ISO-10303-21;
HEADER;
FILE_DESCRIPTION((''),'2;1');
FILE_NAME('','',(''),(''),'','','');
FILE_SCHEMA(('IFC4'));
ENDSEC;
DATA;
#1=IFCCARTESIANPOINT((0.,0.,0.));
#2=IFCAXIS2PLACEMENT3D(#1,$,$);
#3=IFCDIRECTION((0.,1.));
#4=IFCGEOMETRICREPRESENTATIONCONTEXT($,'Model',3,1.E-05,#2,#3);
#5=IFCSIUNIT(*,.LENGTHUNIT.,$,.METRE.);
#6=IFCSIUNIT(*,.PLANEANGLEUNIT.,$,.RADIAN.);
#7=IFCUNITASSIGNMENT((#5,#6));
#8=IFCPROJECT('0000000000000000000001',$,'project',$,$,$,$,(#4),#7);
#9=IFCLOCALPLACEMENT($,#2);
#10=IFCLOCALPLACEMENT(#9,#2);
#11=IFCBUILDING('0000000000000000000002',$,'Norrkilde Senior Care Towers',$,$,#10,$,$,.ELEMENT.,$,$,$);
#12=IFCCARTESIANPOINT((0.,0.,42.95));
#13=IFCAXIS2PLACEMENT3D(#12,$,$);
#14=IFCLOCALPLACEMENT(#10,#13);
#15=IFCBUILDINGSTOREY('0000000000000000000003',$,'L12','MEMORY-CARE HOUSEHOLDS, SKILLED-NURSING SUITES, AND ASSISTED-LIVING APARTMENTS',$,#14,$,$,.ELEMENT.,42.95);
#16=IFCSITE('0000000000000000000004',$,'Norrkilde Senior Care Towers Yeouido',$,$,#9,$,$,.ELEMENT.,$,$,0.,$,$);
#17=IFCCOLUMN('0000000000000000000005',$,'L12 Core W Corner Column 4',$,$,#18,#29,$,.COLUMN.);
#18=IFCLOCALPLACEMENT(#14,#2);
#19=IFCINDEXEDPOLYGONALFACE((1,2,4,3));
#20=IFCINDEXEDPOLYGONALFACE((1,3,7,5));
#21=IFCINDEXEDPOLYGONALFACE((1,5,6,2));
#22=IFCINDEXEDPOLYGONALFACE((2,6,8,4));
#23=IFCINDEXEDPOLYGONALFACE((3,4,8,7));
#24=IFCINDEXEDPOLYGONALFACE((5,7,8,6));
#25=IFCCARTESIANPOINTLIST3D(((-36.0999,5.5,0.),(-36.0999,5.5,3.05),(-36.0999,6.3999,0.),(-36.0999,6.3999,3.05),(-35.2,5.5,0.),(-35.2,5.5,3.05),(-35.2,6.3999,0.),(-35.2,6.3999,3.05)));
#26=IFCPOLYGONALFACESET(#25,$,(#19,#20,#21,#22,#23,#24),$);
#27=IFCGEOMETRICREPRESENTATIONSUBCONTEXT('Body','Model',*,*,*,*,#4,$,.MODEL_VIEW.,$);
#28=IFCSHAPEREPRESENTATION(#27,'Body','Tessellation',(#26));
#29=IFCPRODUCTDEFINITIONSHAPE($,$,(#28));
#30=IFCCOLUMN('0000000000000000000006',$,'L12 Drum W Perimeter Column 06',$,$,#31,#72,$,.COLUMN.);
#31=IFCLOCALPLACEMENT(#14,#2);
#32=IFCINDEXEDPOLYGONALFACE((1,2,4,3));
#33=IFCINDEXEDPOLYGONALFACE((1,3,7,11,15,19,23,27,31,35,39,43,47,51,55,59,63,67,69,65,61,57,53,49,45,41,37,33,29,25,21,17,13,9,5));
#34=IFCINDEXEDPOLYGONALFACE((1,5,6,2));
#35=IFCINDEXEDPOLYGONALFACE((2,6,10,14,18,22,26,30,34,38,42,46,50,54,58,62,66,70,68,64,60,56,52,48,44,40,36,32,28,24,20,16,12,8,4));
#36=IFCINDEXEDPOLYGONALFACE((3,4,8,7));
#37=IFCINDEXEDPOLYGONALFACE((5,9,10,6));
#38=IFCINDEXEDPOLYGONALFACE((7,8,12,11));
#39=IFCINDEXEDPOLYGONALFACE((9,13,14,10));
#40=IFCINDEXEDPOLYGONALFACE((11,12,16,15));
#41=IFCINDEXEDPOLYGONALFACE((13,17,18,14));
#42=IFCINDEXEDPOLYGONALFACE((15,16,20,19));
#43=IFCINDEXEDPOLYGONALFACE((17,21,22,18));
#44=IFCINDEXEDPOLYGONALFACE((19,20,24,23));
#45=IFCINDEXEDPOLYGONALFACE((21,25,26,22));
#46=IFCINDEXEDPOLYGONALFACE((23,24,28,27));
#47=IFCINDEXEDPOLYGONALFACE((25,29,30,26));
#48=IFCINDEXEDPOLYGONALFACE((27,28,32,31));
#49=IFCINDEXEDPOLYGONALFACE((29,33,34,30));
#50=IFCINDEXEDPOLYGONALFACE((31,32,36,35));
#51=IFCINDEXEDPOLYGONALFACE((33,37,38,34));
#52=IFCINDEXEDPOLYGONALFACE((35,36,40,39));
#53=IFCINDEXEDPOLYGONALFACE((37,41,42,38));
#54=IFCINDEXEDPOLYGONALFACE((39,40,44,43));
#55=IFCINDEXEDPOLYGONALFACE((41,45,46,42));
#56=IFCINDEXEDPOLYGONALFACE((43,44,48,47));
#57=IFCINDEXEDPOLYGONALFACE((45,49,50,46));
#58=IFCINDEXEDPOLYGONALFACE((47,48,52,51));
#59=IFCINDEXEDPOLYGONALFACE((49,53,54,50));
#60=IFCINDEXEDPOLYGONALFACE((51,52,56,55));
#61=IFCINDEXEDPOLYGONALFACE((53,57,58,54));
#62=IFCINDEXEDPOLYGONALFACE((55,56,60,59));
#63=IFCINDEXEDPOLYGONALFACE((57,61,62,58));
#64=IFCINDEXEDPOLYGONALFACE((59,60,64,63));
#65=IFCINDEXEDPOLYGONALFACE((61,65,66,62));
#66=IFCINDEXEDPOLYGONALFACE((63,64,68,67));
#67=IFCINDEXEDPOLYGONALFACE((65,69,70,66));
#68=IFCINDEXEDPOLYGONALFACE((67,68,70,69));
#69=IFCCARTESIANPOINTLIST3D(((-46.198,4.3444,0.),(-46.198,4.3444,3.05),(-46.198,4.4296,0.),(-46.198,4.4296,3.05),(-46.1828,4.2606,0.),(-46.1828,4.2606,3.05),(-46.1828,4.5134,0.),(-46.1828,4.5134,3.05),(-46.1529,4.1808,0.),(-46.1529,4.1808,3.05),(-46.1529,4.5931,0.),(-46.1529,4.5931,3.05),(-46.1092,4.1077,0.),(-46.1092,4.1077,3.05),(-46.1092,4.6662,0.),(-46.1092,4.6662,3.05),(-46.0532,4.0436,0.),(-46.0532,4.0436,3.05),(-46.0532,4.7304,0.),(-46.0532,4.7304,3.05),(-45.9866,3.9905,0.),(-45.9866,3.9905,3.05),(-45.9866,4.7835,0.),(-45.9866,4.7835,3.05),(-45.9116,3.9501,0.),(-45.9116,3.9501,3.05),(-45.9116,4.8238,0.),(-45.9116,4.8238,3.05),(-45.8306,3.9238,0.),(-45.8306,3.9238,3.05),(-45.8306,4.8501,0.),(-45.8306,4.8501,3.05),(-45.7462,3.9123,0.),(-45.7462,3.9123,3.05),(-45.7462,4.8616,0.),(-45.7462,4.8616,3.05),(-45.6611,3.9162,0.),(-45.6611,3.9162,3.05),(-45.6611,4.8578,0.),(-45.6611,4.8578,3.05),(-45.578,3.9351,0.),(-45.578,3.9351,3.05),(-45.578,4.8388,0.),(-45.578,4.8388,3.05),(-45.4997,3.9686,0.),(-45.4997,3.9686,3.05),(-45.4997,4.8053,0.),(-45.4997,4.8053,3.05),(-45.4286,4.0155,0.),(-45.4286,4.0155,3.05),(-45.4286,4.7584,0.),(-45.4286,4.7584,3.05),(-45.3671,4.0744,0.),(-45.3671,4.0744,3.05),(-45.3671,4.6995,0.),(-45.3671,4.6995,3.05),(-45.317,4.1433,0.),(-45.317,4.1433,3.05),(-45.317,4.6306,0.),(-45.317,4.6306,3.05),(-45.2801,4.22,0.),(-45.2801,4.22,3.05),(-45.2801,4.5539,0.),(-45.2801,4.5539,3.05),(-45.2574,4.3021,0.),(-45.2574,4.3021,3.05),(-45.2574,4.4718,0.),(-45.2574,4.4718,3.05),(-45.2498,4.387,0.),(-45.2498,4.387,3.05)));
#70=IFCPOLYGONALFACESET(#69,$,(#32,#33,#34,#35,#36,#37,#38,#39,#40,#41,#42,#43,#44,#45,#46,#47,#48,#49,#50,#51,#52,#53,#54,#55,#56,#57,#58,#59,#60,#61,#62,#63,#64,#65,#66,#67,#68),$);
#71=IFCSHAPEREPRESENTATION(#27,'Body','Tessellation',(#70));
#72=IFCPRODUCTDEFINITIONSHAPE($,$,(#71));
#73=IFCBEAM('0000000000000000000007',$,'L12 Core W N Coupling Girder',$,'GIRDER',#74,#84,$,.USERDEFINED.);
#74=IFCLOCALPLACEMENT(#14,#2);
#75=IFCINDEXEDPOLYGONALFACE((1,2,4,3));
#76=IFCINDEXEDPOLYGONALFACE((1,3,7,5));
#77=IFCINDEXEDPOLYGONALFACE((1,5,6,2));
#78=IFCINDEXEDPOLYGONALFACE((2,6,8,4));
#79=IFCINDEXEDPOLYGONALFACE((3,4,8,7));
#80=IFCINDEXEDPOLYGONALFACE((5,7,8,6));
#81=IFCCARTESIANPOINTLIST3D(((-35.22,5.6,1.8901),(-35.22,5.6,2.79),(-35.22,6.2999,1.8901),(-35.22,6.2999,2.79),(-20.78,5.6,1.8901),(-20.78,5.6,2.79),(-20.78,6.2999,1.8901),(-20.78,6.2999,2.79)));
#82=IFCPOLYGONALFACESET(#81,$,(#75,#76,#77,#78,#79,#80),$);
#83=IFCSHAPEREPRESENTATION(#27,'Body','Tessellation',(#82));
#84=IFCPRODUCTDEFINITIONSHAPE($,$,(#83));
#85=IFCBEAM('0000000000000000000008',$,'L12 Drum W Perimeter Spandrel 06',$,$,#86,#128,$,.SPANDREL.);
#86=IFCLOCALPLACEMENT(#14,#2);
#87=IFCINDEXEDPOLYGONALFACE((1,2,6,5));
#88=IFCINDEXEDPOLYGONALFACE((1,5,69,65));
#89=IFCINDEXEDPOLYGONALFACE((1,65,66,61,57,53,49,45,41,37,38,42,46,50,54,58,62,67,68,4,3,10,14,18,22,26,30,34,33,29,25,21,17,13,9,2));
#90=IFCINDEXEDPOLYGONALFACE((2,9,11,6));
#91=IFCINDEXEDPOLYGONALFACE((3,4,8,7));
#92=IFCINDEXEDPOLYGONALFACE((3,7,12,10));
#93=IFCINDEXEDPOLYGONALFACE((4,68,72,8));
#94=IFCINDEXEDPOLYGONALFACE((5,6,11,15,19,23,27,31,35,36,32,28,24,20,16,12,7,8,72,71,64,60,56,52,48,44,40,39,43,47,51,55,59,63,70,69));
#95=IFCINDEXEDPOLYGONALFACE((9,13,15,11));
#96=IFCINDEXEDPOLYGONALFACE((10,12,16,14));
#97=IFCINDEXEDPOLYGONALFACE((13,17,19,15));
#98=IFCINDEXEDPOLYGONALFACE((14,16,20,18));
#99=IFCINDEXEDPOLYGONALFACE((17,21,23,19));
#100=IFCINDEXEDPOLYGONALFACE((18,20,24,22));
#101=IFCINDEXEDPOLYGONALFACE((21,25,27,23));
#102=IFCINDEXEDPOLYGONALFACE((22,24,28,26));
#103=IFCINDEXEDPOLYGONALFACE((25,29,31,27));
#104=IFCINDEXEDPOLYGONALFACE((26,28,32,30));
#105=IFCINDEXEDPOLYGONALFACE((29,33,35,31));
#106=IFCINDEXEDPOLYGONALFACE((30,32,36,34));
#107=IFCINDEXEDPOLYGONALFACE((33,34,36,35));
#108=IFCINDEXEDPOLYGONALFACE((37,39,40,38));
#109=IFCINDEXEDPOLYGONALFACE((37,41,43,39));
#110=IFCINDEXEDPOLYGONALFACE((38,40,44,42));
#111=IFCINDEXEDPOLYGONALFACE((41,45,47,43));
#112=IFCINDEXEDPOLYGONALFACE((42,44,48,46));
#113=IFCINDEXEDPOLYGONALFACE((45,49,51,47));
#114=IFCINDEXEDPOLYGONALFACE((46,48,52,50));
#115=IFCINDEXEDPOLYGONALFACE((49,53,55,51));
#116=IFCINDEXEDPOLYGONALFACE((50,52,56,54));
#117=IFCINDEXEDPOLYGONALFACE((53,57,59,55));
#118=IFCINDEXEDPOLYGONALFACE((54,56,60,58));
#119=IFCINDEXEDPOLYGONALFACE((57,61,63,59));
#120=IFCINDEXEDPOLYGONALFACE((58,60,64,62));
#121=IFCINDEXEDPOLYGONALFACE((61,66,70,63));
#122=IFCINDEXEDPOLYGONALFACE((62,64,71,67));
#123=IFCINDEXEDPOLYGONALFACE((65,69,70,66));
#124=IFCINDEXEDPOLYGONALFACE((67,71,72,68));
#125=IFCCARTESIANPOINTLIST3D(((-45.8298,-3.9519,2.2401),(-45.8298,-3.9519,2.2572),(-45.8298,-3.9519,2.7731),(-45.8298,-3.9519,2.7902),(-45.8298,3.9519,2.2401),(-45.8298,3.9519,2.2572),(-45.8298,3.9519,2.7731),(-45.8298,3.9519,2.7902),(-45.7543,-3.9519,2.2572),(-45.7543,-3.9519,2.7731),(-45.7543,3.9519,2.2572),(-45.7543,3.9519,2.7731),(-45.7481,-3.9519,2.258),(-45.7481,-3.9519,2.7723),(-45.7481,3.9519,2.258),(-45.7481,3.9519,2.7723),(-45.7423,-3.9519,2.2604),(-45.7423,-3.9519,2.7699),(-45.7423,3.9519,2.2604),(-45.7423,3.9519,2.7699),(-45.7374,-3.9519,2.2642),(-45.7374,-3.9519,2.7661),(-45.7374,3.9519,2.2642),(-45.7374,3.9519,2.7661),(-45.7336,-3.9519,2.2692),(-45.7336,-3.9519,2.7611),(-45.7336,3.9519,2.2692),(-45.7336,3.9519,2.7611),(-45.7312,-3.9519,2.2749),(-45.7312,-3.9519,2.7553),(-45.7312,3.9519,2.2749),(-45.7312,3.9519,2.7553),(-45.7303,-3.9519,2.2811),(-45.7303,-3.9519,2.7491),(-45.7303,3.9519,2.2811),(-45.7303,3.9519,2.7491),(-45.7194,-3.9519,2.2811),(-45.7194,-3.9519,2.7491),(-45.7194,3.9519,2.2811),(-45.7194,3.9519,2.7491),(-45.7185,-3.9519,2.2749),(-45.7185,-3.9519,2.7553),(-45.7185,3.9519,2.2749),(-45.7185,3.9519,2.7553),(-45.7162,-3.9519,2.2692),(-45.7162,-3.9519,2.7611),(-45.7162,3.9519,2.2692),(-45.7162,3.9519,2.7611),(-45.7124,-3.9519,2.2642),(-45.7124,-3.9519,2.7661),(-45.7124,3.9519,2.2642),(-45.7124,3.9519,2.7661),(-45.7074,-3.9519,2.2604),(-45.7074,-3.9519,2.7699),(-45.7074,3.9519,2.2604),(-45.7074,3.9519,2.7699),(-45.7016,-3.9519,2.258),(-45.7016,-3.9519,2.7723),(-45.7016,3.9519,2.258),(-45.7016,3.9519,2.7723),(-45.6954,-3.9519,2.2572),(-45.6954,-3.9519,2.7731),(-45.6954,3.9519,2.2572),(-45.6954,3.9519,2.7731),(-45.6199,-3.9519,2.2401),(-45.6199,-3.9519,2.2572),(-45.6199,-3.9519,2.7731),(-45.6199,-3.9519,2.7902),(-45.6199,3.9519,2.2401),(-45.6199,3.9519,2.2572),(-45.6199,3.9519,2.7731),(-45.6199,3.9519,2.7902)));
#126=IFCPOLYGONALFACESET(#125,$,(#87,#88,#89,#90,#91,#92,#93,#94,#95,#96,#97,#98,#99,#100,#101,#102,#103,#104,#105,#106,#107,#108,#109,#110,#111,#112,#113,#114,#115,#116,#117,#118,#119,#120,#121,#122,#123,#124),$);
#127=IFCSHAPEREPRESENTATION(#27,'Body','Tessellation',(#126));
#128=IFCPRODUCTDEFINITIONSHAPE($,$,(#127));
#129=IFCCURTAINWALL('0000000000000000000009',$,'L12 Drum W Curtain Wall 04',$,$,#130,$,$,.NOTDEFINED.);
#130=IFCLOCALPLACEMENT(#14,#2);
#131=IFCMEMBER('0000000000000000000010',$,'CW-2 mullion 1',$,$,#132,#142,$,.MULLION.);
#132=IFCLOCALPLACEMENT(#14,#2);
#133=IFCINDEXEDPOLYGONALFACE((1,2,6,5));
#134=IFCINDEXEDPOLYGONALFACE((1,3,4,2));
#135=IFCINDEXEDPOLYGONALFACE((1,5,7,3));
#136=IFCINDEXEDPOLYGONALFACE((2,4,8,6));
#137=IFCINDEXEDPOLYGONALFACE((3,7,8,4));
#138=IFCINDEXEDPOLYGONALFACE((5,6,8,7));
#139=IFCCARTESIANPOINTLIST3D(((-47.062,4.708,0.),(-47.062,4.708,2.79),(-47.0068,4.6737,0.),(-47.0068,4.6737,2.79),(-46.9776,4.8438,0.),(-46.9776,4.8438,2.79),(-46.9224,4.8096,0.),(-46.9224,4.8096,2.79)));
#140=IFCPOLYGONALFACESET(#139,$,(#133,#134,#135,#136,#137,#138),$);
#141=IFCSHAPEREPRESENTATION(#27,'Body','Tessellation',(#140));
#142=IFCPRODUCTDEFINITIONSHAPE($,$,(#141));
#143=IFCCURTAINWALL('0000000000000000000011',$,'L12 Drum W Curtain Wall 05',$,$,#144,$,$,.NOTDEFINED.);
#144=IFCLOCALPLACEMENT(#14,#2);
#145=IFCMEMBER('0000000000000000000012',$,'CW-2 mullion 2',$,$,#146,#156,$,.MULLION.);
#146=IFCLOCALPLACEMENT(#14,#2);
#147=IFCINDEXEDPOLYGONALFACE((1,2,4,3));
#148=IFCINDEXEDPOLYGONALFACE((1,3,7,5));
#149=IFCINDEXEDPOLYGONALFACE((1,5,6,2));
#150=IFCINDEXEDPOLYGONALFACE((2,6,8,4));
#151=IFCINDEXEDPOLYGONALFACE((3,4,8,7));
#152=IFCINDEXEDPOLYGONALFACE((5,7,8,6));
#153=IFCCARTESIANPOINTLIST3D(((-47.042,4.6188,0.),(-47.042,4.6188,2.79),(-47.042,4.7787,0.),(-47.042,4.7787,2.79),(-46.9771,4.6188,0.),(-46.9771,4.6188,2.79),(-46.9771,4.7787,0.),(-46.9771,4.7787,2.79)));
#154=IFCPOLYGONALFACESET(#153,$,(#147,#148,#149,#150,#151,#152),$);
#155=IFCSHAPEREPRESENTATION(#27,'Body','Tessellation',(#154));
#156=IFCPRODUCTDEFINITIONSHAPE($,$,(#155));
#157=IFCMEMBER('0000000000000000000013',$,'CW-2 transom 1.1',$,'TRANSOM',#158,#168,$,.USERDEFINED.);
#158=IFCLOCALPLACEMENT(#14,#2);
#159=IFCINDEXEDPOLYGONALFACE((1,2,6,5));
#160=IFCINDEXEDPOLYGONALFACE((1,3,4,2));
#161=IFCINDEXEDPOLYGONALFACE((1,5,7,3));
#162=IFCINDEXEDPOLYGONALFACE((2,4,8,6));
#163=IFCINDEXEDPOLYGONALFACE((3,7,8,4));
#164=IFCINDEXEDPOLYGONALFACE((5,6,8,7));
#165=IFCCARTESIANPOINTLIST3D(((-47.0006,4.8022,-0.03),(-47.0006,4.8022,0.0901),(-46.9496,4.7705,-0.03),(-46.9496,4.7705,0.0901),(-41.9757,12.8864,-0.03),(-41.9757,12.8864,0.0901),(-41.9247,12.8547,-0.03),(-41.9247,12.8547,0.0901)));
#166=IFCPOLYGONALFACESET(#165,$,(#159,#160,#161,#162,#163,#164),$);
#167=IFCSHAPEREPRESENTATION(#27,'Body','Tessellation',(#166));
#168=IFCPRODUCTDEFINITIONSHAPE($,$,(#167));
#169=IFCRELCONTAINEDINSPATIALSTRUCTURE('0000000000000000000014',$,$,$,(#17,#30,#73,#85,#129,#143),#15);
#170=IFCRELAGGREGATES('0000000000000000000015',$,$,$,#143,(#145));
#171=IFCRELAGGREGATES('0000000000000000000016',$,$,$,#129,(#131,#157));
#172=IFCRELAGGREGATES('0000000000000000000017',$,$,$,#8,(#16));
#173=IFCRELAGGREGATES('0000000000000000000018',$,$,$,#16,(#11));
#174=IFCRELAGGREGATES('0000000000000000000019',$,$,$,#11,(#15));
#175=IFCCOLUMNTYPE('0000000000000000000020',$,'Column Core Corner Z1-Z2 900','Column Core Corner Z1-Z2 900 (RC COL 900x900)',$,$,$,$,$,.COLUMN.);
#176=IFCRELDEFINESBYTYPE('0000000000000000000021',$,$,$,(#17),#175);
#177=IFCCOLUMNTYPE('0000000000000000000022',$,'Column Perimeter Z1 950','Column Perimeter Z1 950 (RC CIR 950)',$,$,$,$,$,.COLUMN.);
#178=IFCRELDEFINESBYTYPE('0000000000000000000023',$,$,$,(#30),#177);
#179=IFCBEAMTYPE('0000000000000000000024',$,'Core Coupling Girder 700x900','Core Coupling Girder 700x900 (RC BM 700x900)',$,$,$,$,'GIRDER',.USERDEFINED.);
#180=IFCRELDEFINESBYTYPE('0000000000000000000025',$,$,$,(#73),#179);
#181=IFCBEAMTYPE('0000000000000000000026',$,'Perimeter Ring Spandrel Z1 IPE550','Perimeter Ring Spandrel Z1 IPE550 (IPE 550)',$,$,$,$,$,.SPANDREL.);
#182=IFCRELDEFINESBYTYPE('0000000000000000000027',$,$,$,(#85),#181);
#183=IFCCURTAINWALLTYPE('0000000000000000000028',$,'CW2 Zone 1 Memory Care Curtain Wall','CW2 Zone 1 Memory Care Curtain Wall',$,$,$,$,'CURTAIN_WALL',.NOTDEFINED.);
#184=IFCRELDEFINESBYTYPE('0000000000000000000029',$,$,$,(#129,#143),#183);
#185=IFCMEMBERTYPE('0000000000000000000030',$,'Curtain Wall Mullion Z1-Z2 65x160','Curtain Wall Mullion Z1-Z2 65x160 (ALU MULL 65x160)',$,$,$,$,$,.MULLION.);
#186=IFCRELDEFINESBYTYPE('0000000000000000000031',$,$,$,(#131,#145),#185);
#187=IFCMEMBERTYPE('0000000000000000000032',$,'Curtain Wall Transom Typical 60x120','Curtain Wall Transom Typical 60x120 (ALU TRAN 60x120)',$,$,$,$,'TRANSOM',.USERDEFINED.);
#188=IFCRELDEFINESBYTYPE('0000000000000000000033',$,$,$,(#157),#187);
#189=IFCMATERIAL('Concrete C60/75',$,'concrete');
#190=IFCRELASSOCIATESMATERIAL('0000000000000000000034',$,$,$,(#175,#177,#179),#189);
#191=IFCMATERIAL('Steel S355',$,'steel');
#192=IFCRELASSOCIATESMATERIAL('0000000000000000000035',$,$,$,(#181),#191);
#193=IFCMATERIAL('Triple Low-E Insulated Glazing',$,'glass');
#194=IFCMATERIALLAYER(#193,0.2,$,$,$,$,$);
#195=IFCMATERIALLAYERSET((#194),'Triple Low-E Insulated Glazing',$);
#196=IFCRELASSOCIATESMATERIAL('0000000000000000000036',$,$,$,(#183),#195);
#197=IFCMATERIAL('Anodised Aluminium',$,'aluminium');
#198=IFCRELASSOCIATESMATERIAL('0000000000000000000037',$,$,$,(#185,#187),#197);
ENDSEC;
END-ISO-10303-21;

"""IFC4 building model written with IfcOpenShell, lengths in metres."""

from ifc_helpers import new_model, si_unit, direction, frame, origin, origin_2d, place, context, subcontext, project, spatial, rectangle, circle, i_section, extrude, source, transform, mapped, material, layer, layer_set, material_profile, profile_set, type_object, type_shapes, element, aggregate, save


model = new_model("IFC4")

# Units and contexts
model_context = context("Model", 3, precision=1e-05, world=origin(), true_north=direction((0.0, 1.0)))
body_context = subcontext(model_context, "Body", "Model", "MODEL_VIEW")
ifc_project = project(units=[si_unit("LENGTHUNIT", "METRE"), si_unit("PLANEANGLEUNIT", "RADIAN")], contexts=[model_context])

# Site, building, storey
site_placement = place(None, origin())
site = spatial("IfcSite", under=ifc_project, at=site_placement, Name="Norrkilde Senior Care Towers Yeouido", CompositionType="ELEMENT", RefElevation=0.0)
building_placement = place(site_placement, origin())
building = spatial("IfcBuilding", under=site, at=building_placement, Name="Norrkilde Senior Care Towers", CompositionType="ELEMENT")
storey_placement = place(building_placement, frame((0.0, 0.0, 42.95)))
storey = spatial("IfcBuildingStorey", under=building, at=storey_placement, Name="L12", Description="MEMORY-CARE HOUSEHOLDS, SKILLED-NURSING SUITES, AND ASSISTED-LIVING APARTMENTS", CompositionType="ELEMENT", Elevation=42.95)

# Columns
ifc_material_1 = material(Name="Concrete C60/75", Category="concrete")
ifc_material_profile_1 = material_profile(ifc_material_1, rectangle(XDim=0.8999, YDim=0.8999, at=origin_2d()), Name="RC COL 900x900")
ifc_profile_set_1 = profile_set([ifc_material_profile_1], Name="Concrete C60/75")
column_type_1 = type_object("IfcColumnType", Name="Column Core Corner Z1-Z2 900", Description="Column Core Corner Z1-Z2 900 (RC COL 900x900)", PredefinedType="COLUMN", material=ifc_profile_set_1)
shared_shape_1 = source(origin(), body_context, "Body", "SweptSolid", [
    extrude(rectangle(XDim=0.8999, YDim=0.8999, at=origin_2d()), origin(), (0.0, 0.0, 1.0), 3.05),
])
type_shapes(column_type_1, [shared_shape_1])
column_1_placement = place(storey_placement, frame((-35.6499, 5.95, 0.0), z_axis=(0.0, 0.0, 1.0), x_axis=(1.0, 0.0, 0.0)))
element("IfcColumn", 1, at=column_1_placement, inside=storey, type_object=column_type_1, Name="L12 Core W Corner Column 4", PredefinedType="COLUMN", context=body_context, shape_type="MappedRepresentation", body=[
    mapped(shared_shape_1, transform((0.0, 0.0, 0.0), x_axis=(1.0, 0.0, 0.0), y_axis=(0.0, 1.0, 0.0), z_axis=(0.0, 0.0, 1.0), scale=1.0)),
])
ifc_material_profile_2 = material_profile(ifc_material_1, circle(Radius=0.4751, at=origin_2d()), Name="RC CIR 950")
ifc_profile_set_2 = profile_set([ifc_material_profile_2], Name="Concrete C60/75")
column_type_2 = type_object("IfcColumnType", Name="Column Perimeter Z1 950", Description="Column Perimeter Z1 950 (RC CIR 950)", PredefinedType="COLUMN", material=ifc_profile_set_2)
shared_shape_2 = source(origin(), body_context, "Body", "SweptSolid", [
    extrude(circle(Radius=0.4751, at=origin_2d()), origin(), (0.0, 0.0, 1.0), 3.05),
])
type_shapes(column_type_2, [shared_shape_2])
column_2_placement = place(storey_placement, frame((-45.7249, 4.387, 0.0), z_axis=(0.0, 0.0, 1.0), x_axis=(1.0, 0.0, 0.0)))
element("IfcColumn", 2, at=column_2_placement, inside=storey, type_object=column_type_2, Name="L12 Drum W Perimeter Column 06", PredefinedType="COLUMN", context=body_context, shape_type="MappedRepresentation", body=[
    mapped(shared_shape_2, transform((0.0, 0.0, 0.0), x_axis=(1.0, 0.0, 0.0), y_axis=(0.0, 1.0, 0.0), z_axis=(0.0, 0.0, 1.0), scale=1.0)),
])

# Beams
ifc_material_profile_3 = material_profile(ifc_material_1, rectangle(XDim=0.7, YDim=0.8999, at=origin_2d()), Name="RC BM 700x900")
ifc_profile_set_3 = profile_set([ifc_material_profile_3], Name="Concrete C60/75")
beam_type_1 = type_object("IfcBeamType", Name="Core Coupling Girder 700x900", Description="Core Coupling Girder 700x900 (RC BM 700x900)", ElementType="GIRDER", PredefinedType="USERDEFINED", material=ifc_profile_set_3)
shared_shape_3 = source(origin(), body_context, "Body", "SweptSolid", [
    extrude(rectangle(XDim=0.7, YDim=0.8999, at=origin_2d()), origin(), (0.0, 0.0, 1.0), 14.4399),
])
type_shapes(beam_type_1, [shared_shape_3])
beam_1_placement = place(storey_placement, frame((-35.22, 5.95, 2.3401), z_axis=(1.0, 0.0, 0.0), x_axis=(0.0, 1.0, 0.0)))
element("IfcBeam", 3, at=beam_1_placement, inside=storey, type_object=beam_type_1, Name="L12 Core W N Coupling Girder", ObjectType="GIRDER", PredefinedType="USERDEFINED", context=body_context, shape_type="MappedRepresentation", body=[
    mapped(shared_shape_3, transform((0.0, 0.0, 0.0), x_axis=(1.0, 0.0, 0.0), y_axis=(0.0, 1.0, 0.0), z_axis=(0.0, 0.0, 1.0), scale=1.0)),
])
ifc_material_2 = material(Name="Steel S355", Category="steel")
ifc_material_profile_4 = material_profile(ifc_material_2, i_section(OverallWidth=0.21, OverallDepth=0.55, WebThickness=0.011, FlangeThickness=0.0171, FilletRadius=0.0239, at=origin_2d()), Name="IPE 550")
ifc_profile_set_4 = profile_set([ifc_material_profile_4], Name="Steel S355")
beam_type_2 = type_object("IfcBeamType", Name="Perimeter Ring Spandrel Z1 IPE550", Description="Perimeter Ring Spandrel Z1 IPE550 (IPE 550)", PredefinedType="SPANDREL", material=ifc_profile_set_4)
shared_shape_4 = source(origin(), body_context, "Body", "SweptSolid", [
    extrude(i_section(OverallWidth=0.21, OverallDepth=0.55, WebThickness=0.011, FlangeThickness=0.0171, FilletRadius=0.0239, at=origin_2d()), origin(), (0.0, 0.0, 1.0), 7.9038),
])
type_shapes(beam_type_2, [shared_shape_4])
beam_2_placement = place(storey_placement, frame((-45.7249, 3.9519, 2.5151), z_axis=(0.0, -1.0, 0.0), x_axis=(1.0, 0.0, 0.0)))
element("IfcBeam", 4, at=beam_2_placement, inside=storey, type_object=beam_type_2, Name="L12 Drum W Perimeter Spandrel 06", PredefinedType="SPANDREL", context=body_context, shape_type="MappedRepresentation", body=[
    mapped(shared_shape_4, transform((0.0, 0.0, 0.0), x_axis=(1.0, 0.0, 0.0), y_axis=(0.0, 1.0, 0.0), z_axis=(0.0, 0.0, 1.0), scale=1.0)),
])

# Curtain walls, members
ifc_material_3 = material(Name="Triple Low-E Insulated Glazing", Category="glass")
ifc_layer_1 = layer(ifc_material_3, 0.2)
ifc_layer_set_1 = layer_set([ifc_layer_1], Name="Triple Low-E Insulated Glazing")
curtain_wall_type = type_object("IfcCurtainWallType", Name="CW2 Zone 1 Memory Care Curtain Wall", Description="CW2 Zone 1 Memory Care Curtain Wall", ElementType="CURTAIN_WALL", PredefinedType="NOTDEFINED", material=ifc_layer_set_1)
curtain_wall_1_placement = place(storey_placement, origin())
curtain_wall_1 = element("IfcCurtainWall", 5, at=curtain_wall_1_placement, inside=storey, type_object=curtain_wall_type, Name="L12 Drum W Curtain Wall 04", PredefinedType="NOTDEFINED")
ifc_material_4 = material(Name="Anodised Aluminium", Category="aluminium")
ifc_material_profile_5 = material_profile(ifc_material_4, rectangle(XDim=0.0649, YDim=0.1599, at=origin_2d()), Name="ALU MULL 65x160")
ifc_profile_set_5 = profile_set([ifc_material_profile_5], Name="Anodised Aluminium")
member_type_1 = type_object("IfcMemberType", Name="Curtain Wall Mullion Z1-Z2 65x160", Description="Curtain Wall Mullion Z1-Z2 65x160 (ALU MULL 65x160)", PredefinedType="MULLION", material=ifc_profile_set_5)
shared_shape_5 = source(origin(), body_context, "Body", "SweptSolid", [
    extrude(rectangle(XDim=0.0649, YDim=0.1599, at=origin_2d()), origin(), (0.0, 0.0, 1.0), 2.79),
])
type_shapes(member_type_1, [shared_shape_5])
member_1_placement = place(storey_placement, frame((-46.9922, 4.7588, 0.0), z_axis=(0.0, 0.0, 1.0), x_axis=(-0.849306, 0.527901, 0.0)))
member_1 = element("IfcMember", 6, at=member_1_placement, type_object=member_type_1, Name="CW-2 mullion 1", PredefinedType="MULLION", context=body_context, shape_type="MappedRepresentation", body=[
    mapped(shared_shape_5, transform((0.0, 0.0, 0.0), x_axis=(1.0, 0.0, 0.0), y_axis=(0.0, 1.0, 0.0), z_axis=(0.0, 0.0, 1.0), scale=1.0)),
])
curtain_wall_2_placement = place(storey_placement, origin())
curtain_wall_2 = element("IfcCurtainWall", 7, at=curtain_wall_2_placement, inside=storey, type_object=curtain_wall_type, Name="L12 Drum W Curtain Wall 05", PredefinedType="NOTDEFINED")
member_2_placement = place(storey_placement, frame((-47.0095, 4.6987, 0.0), z_axis=(0.0, 0.0, 1.0), x_axis=(-1.0, 0.0, 0.0)))
member_2 = element("IfcMember", 8, at=member_2_placement, type_object=member_type_1, Name="CW-2 mullion 2", PredefinedType="MULLION", context=body_context, shape_type="MappedRepresentation", body=[
    mapped(shared_shape_5, transform((0.0, 0.0, 0.0), x_axis=(1.0, 0.0, 0.0), y_axis=(0.0, 1.0, 0.0), z_axis=(0.0, 0.0, 1.0), scale=1.0)),
])
aggregate(curtain_wall_2, [member_2])

# Member
ifc_material_profile_6 = material_profile(ifc_material_4, rectangle(XDim=0.0601, YDim=0.1201, at=origin_2d()), Name="ALU TRAN 60x120")
ifc_profile_set_6 = profile_set([ifc_material_profile_6], Name="Anodised Aluminium")
member_type_2 = type_object("IfcMemberType", Name="Curtain Wall Transom Typical 60x120", Description="Curtain Wall Transom Typical 60x120 (ALU TRAN 60x120)", ElementType="TRANSOM", PredefinedType="USERDEFINED", material=ifc_profile_set_6)
shared_shape_6 = source(origin(), body_context, "Body", "SweptSolid", [
    extrude(rectangle(XDim=0.0601, YDim=0.1201, at=origin_2d()), origin(), (0.0, 0.0, 1.0), 9.5186),
])
type_shapes(member_type_2, [shared_shape_6])
member_3_placement = place(storey_placement, frame((-46.9751, 4.7864, 0.03), z_axis=(0.527902, 0.849306, 0.0), x_axis=(-0.849306, 0.527902, 0.0)))
member_3 = element("IfcMember", 9, at=member_3_placement, type_object=member_type_2, Name="CW-2 transom 1.1", ObjectType="TRANSOM", PredefinedType="USERDEFINED", context=body_context, shape_type="MappedRepresentation", body=[
    mapped(shared_shape_6, transform((0.0, 0.0, 0.0), x_axis=(1.0, 0.0, 0.0), y_axis=(0.0, 1.0, 0.0), z_axis=(0.0, 0.0, 1.0), scale=1.0)),
])
aggregate(curtain_wall_1, [member_1, member_3])

save(model, "model.ifc")
